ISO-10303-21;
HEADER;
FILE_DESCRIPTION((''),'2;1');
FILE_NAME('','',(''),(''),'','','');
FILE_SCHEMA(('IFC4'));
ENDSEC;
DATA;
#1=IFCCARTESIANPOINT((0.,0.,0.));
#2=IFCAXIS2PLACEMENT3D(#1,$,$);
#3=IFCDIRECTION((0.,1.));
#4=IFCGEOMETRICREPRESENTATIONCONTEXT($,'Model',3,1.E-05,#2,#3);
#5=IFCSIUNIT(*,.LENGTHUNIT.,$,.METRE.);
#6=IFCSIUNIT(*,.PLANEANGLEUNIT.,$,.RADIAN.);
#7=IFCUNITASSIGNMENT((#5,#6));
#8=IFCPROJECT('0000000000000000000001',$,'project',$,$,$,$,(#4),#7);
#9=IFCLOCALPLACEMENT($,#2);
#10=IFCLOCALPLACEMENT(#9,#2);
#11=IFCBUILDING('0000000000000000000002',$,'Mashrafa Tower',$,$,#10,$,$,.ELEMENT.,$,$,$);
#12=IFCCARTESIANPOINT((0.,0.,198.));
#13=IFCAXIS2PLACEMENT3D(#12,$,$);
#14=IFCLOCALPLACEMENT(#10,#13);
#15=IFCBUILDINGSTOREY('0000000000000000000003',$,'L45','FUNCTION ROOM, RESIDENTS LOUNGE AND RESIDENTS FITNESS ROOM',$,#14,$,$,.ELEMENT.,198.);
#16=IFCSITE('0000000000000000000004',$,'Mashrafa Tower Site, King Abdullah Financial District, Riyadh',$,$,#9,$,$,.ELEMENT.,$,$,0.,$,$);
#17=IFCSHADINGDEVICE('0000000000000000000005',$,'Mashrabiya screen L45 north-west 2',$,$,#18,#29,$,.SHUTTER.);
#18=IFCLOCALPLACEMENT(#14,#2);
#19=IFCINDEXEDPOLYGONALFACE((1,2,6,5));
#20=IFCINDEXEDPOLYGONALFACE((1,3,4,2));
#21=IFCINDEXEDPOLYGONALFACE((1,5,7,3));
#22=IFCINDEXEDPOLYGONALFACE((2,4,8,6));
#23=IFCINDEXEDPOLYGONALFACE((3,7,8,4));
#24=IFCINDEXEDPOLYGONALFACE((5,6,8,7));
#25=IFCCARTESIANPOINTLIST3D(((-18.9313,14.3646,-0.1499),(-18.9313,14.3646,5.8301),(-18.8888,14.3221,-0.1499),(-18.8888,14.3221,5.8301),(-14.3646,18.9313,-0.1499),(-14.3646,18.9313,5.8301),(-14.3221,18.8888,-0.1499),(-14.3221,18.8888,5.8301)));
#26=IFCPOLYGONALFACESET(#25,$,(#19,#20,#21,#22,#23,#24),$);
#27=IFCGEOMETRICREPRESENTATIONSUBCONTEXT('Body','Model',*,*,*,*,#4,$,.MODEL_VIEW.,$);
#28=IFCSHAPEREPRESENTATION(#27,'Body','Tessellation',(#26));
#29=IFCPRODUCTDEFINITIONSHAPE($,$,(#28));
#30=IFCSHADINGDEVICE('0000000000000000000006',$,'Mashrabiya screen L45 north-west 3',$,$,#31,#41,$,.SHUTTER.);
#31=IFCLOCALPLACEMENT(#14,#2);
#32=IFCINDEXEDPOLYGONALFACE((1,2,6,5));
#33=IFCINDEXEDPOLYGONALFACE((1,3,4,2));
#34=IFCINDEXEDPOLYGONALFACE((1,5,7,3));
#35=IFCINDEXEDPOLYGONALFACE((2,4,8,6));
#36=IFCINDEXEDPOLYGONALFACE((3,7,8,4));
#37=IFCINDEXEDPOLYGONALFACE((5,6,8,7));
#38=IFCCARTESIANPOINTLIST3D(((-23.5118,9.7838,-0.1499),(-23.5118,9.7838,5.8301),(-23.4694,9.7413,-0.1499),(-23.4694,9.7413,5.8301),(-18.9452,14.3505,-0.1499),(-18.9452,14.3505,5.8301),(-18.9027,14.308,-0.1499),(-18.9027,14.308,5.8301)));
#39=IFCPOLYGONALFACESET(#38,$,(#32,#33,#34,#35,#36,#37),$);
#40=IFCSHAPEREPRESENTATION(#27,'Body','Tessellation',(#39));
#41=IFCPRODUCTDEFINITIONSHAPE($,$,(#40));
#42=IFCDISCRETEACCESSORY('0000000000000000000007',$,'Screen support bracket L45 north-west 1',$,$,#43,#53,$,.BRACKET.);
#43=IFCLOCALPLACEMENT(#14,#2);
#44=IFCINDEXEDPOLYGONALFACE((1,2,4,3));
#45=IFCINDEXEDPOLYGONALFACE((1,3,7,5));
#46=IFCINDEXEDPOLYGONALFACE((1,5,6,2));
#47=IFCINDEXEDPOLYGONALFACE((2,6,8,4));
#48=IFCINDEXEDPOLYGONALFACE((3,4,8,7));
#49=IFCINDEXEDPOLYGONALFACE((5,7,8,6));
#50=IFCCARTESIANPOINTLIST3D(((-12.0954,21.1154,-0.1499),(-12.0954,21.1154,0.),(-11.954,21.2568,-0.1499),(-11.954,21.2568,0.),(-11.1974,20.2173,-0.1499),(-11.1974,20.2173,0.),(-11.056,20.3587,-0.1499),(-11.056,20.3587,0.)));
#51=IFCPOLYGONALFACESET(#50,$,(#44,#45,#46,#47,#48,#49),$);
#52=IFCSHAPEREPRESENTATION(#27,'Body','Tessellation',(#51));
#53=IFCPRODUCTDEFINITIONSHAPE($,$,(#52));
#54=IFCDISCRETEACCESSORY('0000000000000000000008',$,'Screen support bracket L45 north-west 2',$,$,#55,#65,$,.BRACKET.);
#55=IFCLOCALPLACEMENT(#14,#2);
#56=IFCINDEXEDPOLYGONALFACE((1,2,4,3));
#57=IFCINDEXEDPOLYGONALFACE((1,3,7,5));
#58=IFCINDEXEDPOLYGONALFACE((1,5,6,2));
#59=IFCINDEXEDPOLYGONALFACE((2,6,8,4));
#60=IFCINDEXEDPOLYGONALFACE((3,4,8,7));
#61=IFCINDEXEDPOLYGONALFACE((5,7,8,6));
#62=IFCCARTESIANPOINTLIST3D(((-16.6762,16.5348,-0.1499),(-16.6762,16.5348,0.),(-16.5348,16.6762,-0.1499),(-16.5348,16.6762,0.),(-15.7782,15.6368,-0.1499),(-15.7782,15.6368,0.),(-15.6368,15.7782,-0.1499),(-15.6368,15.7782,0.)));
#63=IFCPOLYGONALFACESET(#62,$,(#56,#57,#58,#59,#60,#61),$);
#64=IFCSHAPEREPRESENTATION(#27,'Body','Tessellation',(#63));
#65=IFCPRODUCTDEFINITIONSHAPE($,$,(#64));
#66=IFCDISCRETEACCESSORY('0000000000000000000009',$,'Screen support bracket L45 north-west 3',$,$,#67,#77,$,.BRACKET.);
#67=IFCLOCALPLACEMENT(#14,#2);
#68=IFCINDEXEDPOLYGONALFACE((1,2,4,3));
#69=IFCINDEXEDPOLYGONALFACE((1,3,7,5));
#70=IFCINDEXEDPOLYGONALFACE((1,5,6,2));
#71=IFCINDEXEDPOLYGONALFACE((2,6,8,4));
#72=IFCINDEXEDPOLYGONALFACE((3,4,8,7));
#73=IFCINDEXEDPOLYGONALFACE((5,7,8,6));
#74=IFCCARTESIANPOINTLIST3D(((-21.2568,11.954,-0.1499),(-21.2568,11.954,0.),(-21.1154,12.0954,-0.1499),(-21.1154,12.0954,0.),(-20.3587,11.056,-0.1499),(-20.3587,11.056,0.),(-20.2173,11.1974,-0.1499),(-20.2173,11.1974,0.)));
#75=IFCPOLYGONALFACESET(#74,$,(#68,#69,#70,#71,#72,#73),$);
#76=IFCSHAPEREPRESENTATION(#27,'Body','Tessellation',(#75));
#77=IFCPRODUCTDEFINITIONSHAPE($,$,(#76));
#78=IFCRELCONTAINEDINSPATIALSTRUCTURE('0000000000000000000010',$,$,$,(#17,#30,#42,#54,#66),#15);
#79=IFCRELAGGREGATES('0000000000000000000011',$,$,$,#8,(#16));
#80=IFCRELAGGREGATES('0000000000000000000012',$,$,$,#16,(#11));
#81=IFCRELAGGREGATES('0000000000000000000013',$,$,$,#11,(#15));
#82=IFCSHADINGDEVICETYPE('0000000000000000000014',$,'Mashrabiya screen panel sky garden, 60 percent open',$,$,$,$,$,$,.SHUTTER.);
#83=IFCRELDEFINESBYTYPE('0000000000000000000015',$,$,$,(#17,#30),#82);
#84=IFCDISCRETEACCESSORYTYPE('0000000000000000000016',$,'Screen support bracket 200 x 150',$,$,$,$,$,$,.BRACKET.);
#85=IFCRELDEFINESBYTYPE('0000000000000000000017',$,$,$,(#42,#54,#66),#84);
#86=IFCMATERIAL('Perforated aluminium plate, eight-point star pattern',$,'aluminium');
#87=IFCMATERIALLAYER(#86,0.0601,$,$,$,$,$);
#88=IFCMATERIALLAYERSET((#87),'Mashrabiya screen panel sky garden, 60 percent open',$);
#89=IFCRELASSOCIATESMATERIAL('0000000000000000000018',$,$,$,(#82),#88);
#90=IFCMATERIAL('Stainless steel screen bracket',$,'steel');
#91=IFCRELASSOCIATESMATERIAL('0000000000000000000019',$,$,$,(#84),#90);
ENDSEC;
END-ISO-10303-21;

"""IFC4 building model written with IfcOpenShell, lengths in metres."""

from ifc_helpers import new_model, si_unit, direction, frame, origin, origin_2d, place, context, subcontext, project, spatial, rectangle, extrude, source, transform, mapped, material, layer, layer_set, type_object, type_shapes, element, save


model = new_model("IFC4")

# Units and contexts
model_context = context("Model", 3, precision=1e-05, world=origin(), true_north=direction((0.0, 1.0)))
body_context = subcontext(model_context, "Body", "Model", "MODEL_VIEW")
ifc_project = project(units=[si_unit("LENGTHUNIT", "METRE"), si_unit("PLANEANGLEUNIT", "RADIAN")], contexts=[model_context])

# Site, building, storey
site_placement = place(None, origin())
site = spatial("IfcSite", under=ifc_project, at=site_placement, Name="Mashrafa Tower Site, King Abdullah Financial District, Riyadh", CompositionType="ELEMENT", RefElevation=0.0)
building_placement = place(site_placement, origin())
building = spatial("IfcBuilding", under=site, at=building_placement, Name="Mashrafa Tower", CompositionType="ELEMENT")
storey_placement = place(building_placement, frame((0.0, 0.0, 198.0)))
storey = spatial("IfcBuildingStorey", under=building, at=storey_placement, Name="L45", Description="FUNCTION ROOM, RESIDENTS LOUNGE AND RESIDENTS FITNESS ROOM", CompositionType="ELEMENT", Elevation=198.0)

# Shading devices
ifc_material_1 = material(Name="Perforated aluminium plate, eight-point star pattern", Category="aluminium")
ifc_layer_1 = layer(ifc_material_1, 0.0601)
ifc_layer_set_1 = layer_set([ifc_layer_1], Name="Mashrabiya screen panel sky garden, 60 percent open")
shading_device_type = type_object("IfcShadingDeviceType", Name="Mashrabiya screen panel sky garden, 60 percent open", PredefinedType="SHUTTER", material=ifc_layer_set_1)
shared_shape_1 = source(origin(), body_context, "Body", "SweptSolid", [
    extrude(rectangle(XDim=6.4583, YDim=0.0601, at=origin_2d()), origin(), (0.0, 0.0, 1.0), 5.98),
])
type_shapes(shading_device_type, [shared_shape_1])
for number, where, z_axis, x_axis, name in (
    (1, (-16.6267, 16.6267, -0.1499), (0.0, 0.0, 1.0), (-0.707107, -0.707107, 0.0), "Mashrabiya screen L45 north-west 2"),
    (2, (-21.2073, 12.0459, -0.1499), (0.0, 0.0, 1.0), (-0.707107, -0.707107, 0.0), "Mashrabiya screen L45 north-west 3"),
):
    element("IfcShadingDevice", number, at=place(storey_placement, frame(where, z_axis=z_axis, x_axis=x_axis)), inside=storey, type_object=shading_device_type, Name=name, PredefinedType="SHUTTER", context=body_context, shape_type="MappedRepresentation", body=[
        mapped(shared_shape_1, transform((0.0, 0.0, 0.0))),
    ])

# Discrete accessories
ifc_material_2 = material(Name="Stainless steel screen bracket", Category="steel")
discrete_accessory_type = type_object("IfcDiscreteAccessoryType", Name="Screen support bracket 200 x 150", PredefinedType="BRACKET", material=ifc_material_2)
shared_shape_2 = source(origin(), body_context, "Body", "SweptSolid", [
    extrude(rectangle(XDim=0.2, YDim=1.27, at=origin_2d()), origin(), (0.0, 0.0, 1.0), 0.1499),
])
type_shapes(discrete_accessory_type, [shared_shape_2])
for number, where, z_axis, x_axis, name in (
    (3, (-11.5757, 20.7371, -0.1499), (0.0, 0.0, 1.0), (-0.707107, -0.707107, 0.0), "Screen support bracket L45 north-west 1"),
    (4, (-16.1565, 16.1565, -0.1499), (0.0, 0.0, 1.0), (-0.707107, -0.707107, 0.0), "Screen support bracket L45 north-west 2"),
    (5, (-20.7371, 11.5757, -0.1499), (0.0, 0.0, 1.0), (-0.707107, -0.707107, 0.0), "Screen support bracket L45 north-west 3"),
):
    element("IfcDiscreteAccessory", number, at=place(storey_placement, frame(where, z_axis=z_axis, x_axis=x_axis)), inside=storey, type_object=discrete_accessory_type, Name=name, PredefinedType="BRACKET", context=body_context, shape_type="MappedRepresentation", body=[
        mapped(shared_shape_2, transform((0.0, 0.0, 0.0))),
    ])

save(model, "model.ifc")
